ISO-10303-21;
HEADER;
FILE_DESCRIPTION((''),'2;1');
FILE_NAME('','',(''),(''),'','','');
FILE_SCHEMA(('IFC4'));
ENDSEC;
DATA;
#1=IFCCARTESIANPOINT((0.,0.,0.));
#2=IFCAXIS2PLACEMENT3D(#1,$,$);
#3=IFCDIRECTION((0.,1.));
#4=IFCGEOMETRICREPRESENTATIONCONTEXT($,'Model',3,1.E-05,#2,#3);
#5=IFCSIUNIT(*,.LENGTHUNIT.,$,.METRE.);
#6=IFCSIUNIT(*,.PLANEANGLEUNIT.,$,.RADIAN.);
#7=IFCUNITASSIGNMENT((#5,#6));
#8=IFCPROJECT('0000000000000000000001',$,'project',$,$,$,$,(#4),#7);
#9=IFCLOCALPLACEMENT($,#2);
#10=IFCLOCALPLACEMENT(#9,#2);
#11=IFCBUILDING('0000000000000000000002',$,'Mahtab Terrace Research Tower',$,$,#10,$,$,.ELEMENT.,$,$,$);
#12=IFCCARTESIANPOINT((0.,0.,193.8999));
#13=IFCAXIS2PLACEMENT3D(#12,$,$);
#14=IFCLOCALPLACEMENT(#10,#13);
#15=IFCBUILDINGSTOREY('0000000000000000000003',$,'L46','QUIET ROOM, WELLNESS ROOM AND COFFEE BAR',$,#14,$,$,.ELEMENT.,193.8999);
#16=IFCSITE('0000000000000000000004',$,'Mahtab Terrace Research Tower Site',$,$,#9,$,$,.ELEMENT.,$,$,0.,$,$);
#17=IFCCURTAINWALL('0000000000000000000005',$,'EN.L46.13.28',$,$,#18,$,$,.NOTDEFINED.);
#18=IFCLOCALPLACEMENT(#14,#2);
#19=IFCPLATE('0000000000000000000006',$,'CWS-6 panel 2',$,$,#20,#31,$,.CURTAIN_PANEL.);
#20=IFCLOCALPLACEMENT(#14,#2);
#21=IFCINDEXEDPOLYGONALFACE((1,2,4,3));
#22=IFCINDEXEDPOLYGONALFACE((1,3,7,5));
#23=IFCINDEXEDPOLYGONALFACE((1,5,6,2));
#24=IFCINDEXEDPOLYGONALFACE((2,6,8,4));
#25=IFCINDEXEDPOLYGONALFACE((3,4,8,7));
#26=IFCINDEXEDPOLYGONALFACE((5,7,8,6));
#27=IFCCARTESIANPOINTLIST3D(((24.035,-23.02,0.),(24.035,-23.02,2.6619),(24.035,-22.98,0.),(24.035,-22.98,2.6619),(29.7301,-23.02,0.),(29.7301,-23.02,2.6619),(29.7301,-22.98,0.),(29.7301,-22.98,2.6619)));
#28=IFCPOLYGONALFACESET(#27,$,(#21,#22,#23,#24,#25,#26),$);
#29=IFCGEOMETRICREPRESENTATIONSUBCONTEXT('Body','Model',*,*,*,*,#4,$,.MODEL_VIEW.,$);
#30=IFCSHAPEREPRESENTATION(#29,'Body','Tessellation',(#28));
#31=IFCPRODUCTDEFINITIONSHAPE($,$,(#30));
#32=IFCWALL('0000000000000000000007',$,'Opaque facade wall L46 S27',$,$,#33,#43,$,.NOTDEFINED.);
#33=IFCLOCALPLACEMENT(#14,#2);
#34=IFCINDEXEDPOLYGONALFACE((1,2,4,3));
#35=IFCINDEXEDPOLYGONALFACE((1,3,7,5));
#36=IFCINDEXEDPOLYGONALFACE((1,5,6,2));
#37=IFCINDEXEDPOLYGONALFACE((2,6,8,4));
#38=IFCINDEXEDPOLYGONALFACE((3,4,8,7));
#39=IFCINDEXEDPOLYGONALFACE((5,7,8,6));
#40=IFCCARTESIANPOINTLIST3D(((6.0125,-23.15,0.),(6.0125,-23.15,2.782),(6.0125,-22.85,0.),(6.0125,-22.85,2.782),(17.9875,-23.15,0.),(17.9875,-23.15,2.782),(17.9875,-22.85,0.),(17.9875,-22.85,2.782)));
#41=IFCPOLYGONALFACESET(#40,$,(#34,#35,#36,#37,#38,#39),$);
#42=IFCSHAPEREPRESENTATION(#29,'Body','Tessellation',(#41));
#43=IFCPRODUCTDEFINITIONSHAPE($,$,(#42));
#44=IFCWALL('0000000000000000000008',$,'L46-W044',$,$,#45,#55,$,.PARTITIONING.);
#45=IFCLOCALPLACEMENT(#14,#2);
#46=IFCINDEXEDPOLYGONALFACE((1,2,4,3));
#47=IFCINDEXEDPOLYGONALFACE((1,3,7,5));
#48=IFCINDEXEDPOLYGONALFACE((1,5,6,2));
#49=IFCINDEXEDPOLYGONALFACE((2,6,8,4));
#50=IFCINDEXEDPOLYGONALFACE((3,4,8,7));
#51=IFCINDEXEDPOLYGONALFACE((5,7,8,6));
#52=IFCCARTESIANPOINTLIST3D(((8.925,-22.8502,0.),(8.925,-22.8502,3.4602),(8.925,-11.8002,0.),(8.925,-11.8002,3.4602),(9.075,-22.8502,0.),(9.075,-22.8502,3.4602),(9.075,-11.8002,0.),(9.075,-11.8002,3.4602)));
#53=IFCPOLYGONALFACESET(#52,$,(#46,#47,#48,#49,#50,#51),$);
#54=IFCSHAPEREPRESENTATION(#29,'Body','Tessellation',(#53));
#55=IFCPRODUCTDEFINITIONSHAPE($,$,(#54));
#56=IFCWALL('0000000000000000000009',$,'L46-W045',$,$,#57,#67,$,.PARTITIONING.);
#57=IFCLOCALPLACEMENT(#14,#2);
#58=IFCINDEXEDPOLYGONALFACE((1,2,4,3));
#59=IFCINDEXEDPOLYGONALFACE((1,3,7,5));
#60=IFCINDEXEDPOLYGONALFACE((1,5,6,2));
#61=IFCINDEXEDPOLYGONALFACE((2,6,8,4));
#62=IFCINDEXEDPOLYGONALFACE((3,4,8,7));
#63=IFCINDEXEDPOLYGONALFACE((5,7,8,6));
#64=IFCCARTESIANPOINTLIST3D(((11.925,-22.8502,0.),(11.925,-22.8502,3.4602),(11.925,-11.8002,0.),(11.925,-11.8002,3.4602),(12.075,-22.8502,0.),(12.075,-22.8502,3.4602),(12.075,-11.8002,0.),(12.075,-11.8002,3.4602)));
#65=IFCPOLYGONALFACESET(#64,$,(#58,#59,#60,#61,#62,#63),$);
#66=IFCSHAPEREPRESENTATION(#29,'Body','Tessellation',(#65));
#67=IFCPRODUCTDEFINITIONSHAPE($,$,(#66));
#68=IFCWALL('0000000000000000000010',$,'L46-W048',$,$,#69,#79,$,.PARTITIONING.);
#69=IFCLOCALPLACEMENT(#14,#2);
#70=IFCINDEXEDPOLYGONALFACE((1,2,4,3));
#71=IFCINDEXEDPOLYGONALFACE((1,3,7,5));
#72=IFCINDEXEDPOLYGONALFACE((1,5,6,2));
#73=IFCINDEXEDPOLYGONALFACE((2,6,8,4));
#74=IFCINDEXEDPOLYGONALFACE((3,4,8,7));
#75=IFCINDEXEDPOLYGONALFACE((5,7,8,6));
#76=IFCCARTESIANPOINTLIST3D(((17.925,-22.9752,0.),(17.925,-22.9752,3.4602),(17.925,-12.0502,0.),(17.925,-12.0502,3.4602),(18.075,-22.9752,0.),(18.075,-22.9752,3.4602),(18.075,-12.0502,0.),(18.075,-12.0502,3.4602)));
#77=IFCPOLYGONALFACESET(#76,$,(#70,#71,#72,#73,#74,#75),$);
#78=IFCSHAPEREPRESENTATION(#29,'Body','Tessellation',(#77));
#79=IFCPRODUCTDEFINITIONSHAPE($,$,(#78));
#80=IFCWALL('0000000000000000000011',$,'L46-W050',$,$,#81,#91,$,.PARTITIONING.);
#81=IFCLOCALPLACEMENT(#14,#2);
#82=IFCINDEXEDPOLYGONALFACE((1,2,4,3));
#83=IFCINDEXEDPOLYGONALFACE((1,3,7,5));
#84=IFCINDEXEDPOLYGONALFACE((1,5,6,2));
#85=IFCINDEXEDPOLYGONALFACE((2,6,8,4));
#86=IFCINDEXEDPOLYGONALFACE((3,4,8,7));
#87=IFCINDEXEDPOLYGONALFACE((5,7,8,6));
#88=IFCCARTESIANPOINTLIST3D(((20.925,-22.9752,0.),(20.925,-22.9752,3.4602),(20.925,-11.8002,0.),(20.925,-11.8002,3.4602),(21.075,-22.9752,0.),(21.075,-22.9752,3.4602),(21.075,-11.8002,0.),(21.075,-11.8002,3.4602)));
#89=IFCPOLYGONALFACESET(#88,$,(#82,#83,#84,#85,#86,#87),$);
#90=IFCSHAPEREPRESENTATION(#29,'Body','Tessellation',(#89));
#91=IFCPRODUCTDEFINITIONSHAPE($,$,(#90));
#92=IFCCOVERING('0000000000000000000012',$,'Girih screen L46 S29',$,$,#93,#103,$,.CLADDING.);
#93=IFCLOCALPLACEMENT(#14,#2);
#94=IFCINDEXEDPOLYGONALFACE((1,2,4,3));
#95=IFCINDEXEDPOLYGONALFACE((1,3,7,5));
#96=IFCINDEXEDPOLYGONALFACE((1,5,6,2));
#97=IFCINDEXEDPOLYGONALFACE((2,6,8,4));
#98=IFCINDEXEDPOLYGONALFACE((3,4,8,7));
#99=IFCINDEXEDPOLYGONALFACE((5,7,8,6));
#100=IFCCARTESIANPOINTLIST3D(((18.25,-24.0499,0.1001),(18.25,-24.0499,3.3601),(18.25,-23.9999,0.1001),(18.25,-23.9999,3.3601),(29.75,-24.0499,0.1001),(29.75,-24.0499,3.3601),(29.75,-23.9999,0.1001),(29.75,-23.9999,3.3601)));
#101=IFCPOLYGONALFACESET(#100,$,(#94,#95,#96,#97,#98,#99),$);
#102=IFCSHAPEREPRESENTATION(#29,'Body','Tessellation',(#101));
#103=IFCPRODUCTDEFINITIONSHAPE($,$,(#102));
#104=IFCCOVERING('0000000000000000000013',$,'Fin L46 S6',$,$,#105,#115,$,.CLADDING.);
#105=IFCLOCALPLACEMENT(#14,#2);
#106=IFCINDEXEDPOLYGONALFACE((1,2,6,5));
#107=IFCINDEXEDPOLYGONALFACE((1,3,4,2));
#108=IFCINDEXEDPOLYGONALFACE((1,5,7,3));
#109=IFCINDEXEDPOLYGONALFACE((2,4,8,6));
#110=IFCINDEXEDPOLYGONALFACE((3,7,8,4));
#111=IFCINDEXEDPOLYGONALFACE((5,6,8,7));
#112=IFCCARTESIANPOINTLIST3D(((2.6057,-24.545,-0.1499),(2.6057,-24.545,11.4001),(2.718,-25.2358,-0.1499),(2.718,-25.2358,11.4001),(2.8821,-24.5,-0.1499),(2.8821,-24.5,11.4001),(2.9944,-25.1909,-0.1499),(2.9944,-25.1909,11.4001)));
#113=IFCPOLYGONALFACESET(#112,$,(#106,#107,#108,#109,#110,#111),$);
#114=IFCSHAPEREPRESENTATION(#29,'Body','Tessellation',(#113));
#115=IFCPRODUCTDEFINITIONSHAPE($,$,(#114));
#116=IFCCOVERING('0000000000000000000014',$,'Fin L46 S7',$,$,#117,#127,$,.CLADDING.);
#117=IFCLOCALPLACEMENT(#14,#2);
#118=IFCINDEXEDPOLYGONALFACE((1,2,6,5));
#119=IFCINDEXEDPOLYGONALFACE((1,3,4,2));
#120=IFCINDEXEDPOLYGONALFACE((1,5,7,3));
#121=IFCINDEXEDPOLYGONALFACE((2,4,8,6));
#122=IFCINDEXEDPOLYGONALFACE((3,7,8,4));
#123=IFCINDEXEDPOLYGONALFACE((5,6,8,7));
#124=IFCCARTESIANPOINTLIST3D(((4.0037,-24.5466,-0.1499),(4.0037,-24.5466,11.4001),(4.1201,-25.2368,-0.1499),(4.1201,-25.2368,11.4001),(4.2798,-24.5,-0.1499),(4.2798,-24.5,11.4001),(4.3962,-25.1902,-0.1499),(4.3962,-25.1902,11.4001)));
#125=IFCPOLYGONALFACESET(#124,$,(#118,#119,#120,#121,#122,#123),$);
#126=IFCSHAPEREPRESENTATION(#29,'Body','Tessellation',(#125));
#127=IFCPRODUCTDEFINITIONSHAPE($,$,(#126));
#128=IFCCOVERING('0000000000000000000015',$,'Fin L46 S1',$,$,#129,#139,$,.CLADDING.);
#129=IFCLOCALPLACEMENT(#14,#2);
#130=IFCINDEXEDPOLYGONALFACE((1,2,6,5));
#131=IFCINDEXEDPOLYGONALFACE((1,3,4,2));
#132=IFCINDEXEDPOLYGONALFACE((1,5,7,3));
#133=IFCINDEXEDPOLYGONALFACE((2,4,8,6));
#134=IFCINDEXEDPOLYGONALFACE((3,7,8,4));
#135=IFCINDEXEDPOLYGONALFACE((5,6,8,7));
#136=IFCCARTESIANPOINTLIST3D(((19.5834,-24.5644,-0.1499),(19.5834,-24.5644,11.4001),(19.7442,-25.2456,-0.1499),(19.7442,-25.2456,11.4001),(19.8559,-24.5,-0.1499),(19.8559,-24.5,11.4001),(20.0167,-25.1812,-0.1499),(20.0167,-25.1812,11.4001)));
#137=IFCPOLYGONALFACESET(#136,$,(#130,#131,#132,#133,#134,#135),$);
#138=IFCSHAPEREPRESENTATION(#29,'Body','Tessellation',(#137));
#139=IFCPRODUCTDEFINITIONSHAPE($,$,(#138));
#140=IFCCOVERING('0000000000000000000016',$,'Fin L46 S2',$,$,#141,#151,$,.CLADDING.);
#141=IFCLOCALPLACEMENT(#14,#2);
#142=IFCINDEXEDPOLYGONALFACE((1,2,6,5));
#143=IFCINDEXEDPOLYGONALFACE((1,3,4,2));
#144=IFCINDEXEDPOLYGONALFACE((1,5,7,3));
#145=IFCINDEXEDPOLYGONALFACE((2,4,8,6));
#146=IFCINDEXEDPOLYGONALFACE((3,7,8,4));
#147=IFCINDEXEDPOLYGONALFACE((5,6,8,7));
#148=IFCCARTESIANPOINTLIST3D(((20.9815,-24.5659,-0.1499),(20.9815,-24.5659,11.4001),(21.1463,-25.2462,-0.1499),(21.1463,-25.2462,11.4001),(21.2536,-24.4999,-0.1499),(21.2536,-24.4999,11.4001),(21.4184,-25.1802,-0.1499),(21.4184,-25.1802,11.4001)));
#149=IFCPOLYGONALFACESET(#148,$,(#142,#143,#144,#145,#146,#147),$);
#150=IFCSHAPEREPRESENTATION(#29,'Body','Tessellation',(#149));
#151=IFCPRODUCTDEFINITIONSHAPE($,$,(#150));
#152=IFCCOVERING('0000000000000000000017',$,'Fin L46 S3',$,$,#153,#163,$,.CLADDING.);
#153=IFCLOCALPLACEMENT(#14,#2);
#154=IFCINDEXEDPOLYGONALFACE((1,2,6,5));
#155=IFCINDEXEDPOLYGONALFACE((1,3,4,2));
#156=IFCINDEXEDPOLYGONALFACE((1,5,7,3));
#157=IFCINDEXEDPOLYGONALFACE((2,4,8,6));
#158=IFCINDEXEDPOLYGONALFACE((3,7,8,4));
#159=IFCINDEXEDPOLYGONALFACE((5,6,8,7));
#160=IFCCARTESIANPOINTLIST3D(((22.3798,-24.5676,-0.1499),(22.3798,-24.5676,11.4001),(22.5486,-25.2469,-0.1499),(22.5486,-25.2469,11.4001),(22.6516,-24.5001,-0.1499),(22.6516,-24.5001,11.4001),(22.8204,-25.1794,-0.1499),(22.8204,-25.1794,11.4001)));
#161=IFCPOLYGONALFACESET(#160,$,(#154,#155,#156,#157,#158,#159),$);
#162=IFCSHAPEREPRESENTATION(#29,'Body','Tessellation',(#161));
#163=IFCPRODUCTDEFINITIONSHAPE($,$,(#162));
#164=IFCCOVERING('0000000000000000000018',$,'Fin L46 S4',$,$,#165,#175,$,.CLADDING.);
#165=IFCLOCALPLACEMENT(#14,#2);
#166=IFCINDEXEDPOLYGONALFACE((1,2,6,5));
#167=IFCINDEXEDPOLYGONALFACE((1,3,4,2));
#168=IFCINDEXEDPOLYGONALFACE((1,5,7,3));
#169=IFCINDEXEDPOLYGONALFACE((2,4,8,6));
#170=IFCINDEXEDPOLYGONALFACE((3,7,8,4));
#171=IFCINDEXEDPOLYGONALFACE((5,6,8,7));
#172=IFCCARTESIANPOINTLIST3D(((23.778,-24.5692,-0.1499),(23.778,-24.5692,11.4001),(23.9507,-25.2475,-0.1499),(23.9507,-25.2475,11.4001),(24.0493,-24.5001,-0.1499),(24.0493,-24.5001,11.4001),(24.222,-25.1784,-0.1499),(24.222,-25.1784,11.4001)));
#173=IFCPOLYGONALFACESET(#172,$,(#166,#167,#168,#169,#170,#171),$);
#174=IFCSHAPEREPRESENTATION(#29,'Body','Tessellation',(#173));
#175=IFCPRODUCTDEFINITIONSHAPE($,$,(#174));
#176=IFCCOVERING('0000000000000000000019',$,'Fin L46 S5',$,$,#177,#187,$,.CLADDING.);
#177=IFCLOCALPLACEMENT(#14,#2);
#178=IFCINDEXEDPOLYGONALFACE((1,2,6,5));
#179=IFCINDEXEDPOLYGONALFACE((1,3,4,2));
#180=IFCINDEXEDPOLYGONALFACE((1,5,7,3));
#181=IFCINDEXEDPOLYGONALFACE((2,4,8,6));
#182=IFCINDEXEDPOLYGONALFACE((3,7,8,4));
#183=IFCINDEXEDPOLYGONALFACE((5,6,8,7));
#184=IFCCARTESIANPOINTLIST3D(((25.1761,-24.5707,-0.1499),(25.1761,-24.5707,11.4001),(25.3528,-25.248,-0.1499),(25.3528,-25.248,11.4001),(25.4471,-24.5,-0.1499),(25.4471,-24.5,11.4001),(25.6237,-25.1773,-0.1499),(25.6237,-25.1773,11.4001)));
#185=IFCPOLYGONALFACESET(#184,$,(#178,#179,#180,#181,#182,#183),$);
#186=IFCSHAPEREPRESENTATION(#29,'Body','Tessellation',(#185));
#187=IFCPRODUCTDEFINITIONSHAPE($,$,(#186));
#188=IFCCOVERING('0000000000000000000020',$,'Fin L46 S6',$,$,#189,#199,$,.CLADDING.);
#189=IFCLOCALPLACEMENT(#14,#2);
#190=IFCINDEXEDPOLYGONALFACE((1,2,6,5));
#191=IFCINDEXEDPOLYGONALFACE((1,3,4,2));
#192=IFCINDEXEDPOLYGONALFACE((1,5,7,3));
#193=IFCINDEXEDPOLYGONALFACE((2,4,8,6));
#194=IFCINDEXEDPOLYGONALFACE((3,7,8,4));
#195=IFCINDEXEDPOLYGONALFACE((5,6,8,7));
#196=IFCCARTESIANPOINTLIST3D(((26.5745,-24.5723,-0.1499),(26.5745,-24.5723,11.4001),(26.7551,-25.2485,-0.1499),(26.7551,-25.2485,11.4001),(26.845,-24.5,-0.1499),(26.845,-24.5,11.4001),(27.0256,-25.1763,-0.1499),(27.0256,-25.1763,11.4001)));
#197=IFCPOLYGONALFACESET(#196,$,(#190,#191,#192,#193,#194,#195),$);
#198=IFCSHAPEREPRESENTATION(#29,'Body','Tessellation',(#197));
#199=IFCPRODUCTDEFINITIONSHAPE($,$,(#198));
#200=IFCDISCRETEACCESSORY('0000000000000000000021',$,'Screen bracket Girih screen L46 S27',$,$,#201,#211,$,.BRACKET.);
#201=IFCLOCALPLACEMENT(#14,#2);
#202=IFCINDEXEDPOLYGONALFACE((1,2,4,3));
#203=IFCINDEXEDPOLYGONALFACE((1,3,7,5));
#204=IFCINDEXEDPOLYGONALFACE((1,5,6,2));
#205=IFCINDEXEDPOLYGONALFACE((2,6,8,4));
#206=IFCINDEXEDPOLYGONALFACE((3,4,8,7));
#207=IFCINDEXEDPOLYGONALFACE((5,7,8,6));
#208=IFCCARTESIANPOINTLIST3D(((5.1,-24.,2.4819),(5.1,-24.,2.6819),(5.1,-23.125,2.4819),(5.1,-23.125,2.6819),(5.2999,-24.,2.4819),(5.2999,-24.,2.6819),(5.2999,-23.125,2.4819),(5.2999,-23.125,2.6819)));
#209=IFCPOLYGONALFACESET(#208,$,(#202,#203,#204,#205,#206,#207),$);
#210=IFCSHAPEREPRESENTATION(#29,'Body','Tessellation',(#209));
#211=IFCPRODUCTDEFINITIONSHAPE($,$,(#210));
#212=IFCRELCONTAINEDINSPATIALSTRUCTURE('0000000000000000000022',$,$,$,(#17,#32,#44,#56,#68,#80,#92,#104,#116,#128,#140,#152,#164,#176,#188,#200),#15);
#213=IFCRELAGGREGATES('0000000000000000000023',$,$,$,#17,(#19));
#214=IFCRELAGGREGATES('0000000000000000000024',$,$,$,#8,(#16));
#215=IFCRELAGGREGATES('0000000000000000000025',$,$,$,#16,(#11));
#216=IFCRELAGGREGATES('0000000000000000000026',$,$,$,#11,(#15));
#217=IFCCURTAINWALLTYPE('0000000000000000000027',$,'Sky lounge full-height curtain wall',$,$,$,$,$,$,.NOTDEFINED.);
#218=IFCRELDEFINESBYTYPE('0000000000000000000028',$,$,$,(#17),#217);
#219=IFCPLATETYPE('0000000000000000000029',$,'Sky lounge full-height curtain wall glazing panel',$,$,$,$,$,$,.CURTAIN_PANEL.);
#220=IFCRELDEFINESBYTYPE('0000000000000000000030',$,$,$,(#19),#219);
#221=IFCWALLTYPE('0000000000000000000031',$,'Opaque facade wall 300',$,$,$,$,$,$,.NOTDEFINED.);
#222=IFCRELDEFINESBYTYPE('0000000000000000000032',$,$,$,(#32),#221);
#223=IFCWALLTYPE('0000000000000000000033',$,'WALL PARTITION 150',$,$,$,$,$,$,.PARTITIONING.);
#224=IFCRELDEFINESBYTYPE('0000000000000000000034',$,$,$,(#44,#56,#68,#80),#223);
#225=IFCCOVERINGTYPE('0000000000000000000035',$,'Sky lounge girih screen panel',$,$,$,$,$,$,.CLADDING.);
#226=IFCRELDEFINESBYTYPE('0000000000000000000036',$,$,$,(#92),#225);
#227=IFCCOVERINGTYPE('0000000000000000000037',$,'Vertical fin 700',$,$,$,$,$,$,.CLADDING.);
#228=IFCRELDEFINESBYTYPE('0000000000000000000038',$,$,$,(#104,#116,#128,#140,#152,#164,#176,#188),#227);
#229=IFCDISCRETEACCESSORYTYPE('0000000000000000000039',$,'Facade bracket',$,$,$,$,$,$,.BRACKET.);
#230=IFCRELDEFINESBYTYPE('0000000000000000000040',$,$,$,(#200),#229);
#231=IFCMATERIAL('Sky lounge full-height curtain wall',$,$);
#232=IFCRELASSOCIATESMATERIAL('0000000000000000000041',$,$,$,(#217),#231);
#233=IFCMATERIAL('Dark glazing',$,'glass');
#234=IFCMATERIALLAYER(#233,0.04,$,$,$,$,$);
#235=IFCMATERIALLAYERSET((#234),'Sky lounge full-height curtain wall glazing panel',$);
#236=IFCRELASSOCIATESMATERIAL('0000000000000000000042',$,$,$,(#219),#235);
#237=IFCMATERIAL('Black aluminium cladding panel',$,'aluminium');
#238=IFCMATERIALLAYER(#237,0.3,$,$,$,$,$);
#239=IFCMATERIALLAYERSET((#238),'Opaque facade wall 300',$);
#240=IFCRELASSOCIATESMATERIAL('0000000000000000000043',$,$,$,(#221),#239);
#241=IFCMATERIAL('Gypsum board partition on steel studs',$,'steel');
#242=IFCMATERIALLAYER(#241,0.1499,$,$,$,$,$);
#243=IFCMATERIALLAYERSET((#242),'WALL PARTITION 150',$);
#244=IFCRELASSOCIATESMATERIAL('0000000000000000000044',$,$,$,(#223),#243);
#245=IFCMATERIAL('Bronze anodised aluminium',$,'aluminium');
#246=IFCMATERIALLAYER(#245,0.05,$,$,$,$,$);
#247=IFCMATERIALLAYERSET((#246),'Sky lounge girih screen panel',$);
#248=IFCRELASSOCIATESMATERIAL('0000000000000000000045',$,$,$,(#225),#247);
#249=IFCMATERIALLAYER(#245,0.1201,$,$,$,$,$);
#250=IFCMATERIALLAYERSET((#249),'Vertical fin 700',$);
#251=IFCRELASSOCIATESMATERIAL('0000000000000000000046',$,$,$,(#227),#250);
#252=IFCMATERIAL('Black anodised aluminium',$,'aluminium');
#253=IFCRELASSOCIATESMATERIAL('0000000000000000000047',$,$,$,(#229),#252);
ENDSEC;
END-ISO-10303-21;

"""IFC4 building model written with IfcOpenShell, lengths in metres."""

from ifc_helpers import new_model, si_unit, direction, frame, frame_2d, origin, origin_2d, place, context, subcontext, project, spatial, rectangle, extrude, material, layer, layer_set, type_object, element, aggregate, save


model = new_model("IFC4")

# Units and contexts
model_context = context("Model", 3, precision=1e-05, world=origin(), true_north=direction((0.0, 1.0)))
body_context = subcontext(model_context, "Body", "Model", "MODEL_VIEW")
ifc_project = project(units=[si_unit("LENGTHUNIT", "METRE"), si_unit("PLANEANGLEUNIT", "RADIAN")], contexts=[model_context])

# Site, building, storey
site_placement = place(None, origin())
site = spatial("IfcSite", under=ifc_project, at=site_placement, Name="Mahtab Terrace Research Tower Site", CompositionType="ELEMENT", RefElevation=0.0)
building_placement = place(site_placement, origin())
building = spatial("IfcBuilding", under=site, at=building_placement, Name="Mahtab Terrace Research Tower", CompositionType="ELEMENT")
storey_placement = place(building_placement, frame((0.0, 0.0, 193.8999)))
storey = spatial("IfcBuildingStorey", under=building, at=storey_placement, Name="L46", Description="QUIET ROOM, WELLNESS ROOM AND COFFEE BAR", CompositionType="ELEMENT", Elevation=193.8999)

# Shared definitions
ifc_material_1 = material(Name="Sky lounge full-height curtain wall")
curtain_wall_type = type_object("IfcCurtainWallType", Name="Sky lounge full-height curtain wall", PredefinedType="NOTDEFINED", material=ifc_material_1)

# Curtain wall
curtain_wall_1_placement = place(storey_placement, origin())
curtain_wall_1 = element("IfcCurtainWall", 1, at=curtain_wall_1_placement, inside=storey, type_object=curtain_wall_type, Name="EN.L46.13.28", PredefinedType="NOTDEFINED")

# Plate
ifc_material_2 = material(Name="Dark glazing", Category="glass")
ifc_layer_1 = layer(ifc_material_2, 0.04)
ifc_layer_set_1 = layer_set([ifc_layer_1], Name="Sky lounge full-height curtain wall glazing panel")
plate_type = type_object("IfcPlateType", Name="Sky lounge full-height curtain wall glazing panel", PredefinedType="CURTAIN_PANEL", material=ifc_layer_set_1)
plate_1_placement = place(storey_placement, frame((26.8826, -23.0, 0.0), z_axis=(0.0, 0.0, 1.0), x_axis=(1.0, 0.0, 0.0)))
plate_1 = element("IfcPlate", 2, at=plate_1_placement, type_object=plate_type, Name="CWS-6 panel 2", PredefinedType="CURTAIN_PANEL", context=body_context, shape_type="SweptSolid", body=[
    extrude(rectangle(XDim=5.6951, YDim=0.04, at=origin_2d()), origin(), (0.0, 0.0, 1.0), 2.6619),
])
aggregate(curtain_wall_1, [plate_1])

# Walls
ifc_material_3 = material(Name="Black aluminium cladding panel", Category="aluminium")
ifc_layer_2 = layer(ifc_material_3, 0.3)
ifc_layer_set_2 = layer_set([ifc_layer_2], Name="Opaque facade wall 300")
wall_type_1 = type_object("IfcWallType", Name="Opaque facade wall 300", PredefinedType="NOTDEFINED", material=ifc_layer_set_2)
wall_1_placement = place(storey_placement, frame((6.0125, -23.0, 0.0), z_axis=(0.0, 0.0, 1.0), x_axis=(1.0, 0.0, 0.0)))
element("IfcWall", 3, at=wall_1_placement, inside=storey, type_object=wall_type_1, Name="Opaque facade wall L46 S27", PredefinedType="NOTDEFINED", context=body_context, shape_type="SweptSolid", body=[
    extrude(rectangle(XDim=11.9751, YDim=0.3, at=frame_2d((5.9875, 0.0))), origin(), (0.0, 0.0, 1.0), 2.782),
])
ifc_material_4 = material(Name="Gypsum board partition on steel studs", Category="steel")
ifc_layer_3 = layer(ifc_material_4, 0.1499)
ifc_layer_set_3 = layer_set([ifc_layer_3], Name="WALL PARTITION 150")
wall_type_2 = type_object("IfcWallType", Name="WALL PARTITION 150", PredefinedType="PARTITIONING", material=ifc_layer_set_3)
for number, where, z_axis, x_axis, name in (
    (4, (9.0, -22.8501, 0.0), (0.0, 0.0, 1.0), (0.0, 1.0, 0.0), "L46-W044"),
    (5, (12.0, -22.8501, 0.0), (0.0, 0.0, 1.0), (0.0, 1.0, 0.0), "L46-W045"),
):
    element("IfcWall", number, at=place(storey_placement, frame(where, z_axis=z_axis, x_axis=x_axis)), inside=storey, type_object=wall_type_2, Name=name, PredefinedType="PARTITIONING", context=body_context, shape_type="SweptSolid", body=[
        extrude(rectangle(XDim=11.05, YDim=0.1499, at=frame_2d((5.5249, 0.0))), origin(), (0.0, 0.0, 1.0), 3.4602),
    ])
wall_2_placement = place(storey_placement, frame((18.0, -22.9751, 0.0), z_axis=(0.0, 0.0, 1.0), x_axis=(0.0, 1.0, 0.0)))
element("IfcWall", 6, at=wall_2_placement, inside=storey, type_object=wall_type_2, Name="L46-W048", PredefinedType="PARTITIONING", context=body_context, shape_type="SweptSolid", body=[
    extrude(rectangle(XDim=10.925, YDim=0.1499, at=frame_2d((5.4624, 0.0))), origin(), (0.0, 0.0, 1.0), 3.4602),
])
wall_3_placement = place(storey_placement, frame((21.0, -22.9751, 0.0), z_axis=(0.0, 0.0, 1.0), x_axis=(0.0, 1.0, 0.0)))
element("IfcWall", 7, at=wall_3_placement, inside=storey, type_object=wall_type_2, Name="L46-W050", PredefinedType="PARTITIONING", context=body_context, shape_type="SweptSolid", body=[
    extrude(rectangle(XDim=11.175, YDim=0.1499, at=frame_2d((5.5874, 0.0))), origin(), (0.0, 0.0, 1.0), 3.4602),
])

# Coverings
ifc_material_5 = material(Name="Bronze anodised aluminium", Category="aluminium")
ifc_layer_4 = layer(ifc_material_5, 0.05)
ifc_layer_set_4 = layer_set([ifc_layer_4], Name="Sky lounge girih screen panel")
covering_type_1 = type_object("IfcCoveringType", Name="Sky lounge girih screen panel", PredefinedType="CLADDING", material=ifc_layer_set_4)
covering_placement = place(storey_placement, frame((24.0, -24.0249, 0.1001), z_axis=(0.0, 0.0, 1.0), x_axis=(1.0, 0.0, 0.0)))
element("IfcCovering", 8, at=covering_placement, inside=storey, type_object=covering_type_1, Name="Girih screen L46 S29", PredefinedType="CLADDING", context=body_context, shape_type="SweptSolid", body=[
    extrude(rectangle(XDim=11.5, YDim=0.05, at=origin_2d()), origin(), (0.0, 0.0, 1.0), 3.26),
])
ifc_layer_5 = layer(ifc_material_5, 0.1201)
ifc_layer_set_5 = layer_set([ifc_layer_5], Name="Vertical fin 700")
covering_type_2 = type_object("IfcCoveringType", Name="Vertical fin 700", PredefinedType="CLADDING", material=ifc_layer_set_5)
for number, where, z_axis, x_axis, name in (
    (9, (2.8, -24.8679, -0.1499), (0.0, 0.0, 1.0), (0.98703, 0.160537, 0.0), "Fin L46 S6"),
    (10, (4.2, -24.8684, -0.1499), (0.0, 0.0, 1.0), (0.986079, 0.166277, 0.0), "Fin L46 S7"),
    (11, (19.8, -24.8728, -0.1499), (0.0, 0.0, 1.0), (0.973236, 0.229807, 0.0), "Fin L46 S1"),
    (12, (21.2, -24.873, -0.1499), (0.0, 0.0, 1.0), (0.971883, 0.235465, 0.0), "Fin L46 S2"),
    (13, (22.6001, -24.8735, -0.1499), (0.0, 0.0, 1.0), (0.970496, 0.241115, 0.0), "Fin L46 S3"),
    (14, (24.0, -24.8738, -0.1499), (0.0, 0.0, 1.0), (0.969077, 0.246757, 0.0), "Fin L46 S4"),
    (15, (25.3999, -24.874, -0.1499), (0.0, 0.0, 1.0), (0.967625, 0.252391, 0.0), "Fin L46 S5"),
    (16, (26.8, -24.8743, -0.1499), (0.0, 0.0, 1.0), (0.966141, 0.258016, 0.0), "Fin L46 S6"),
):
    element("IfcCovering", number, at=place(storey_placement, frame(where, z_axis=z_axis, x_axis=x_axis)), inside=storey, type_object=covering_type_2, Name=name, PredefinedType="CLADDING", context=body_context, shape_type="SweptSolid", body=[
        extrude(rectangle(XDim=0.28, YDim=0.7, at=origin_2d()), origin(), (0.0, 0.0, 1.0), 11.55),
    ])

# Discrete accessory
ifc_material_6 = material(Name="Black anodised aluminium", Category="aluminium")
discrete_accessory_type_1 = type_object("IfcDiscreteAccessoryType", Name="Facade bracket", PredefinedType="BRACKET", material=ifc_material_6)
for number, where, z_axis, x_axis, name in (
    (17, (5.2, -23.5625, 2.4819), (0.0, 0.0, 1.0), (1.0, 0.0, 0.0), "Screen bracket Girih screen L46 S27"),
):
    element("IfcDiscreteAccessory", number, at=place(storey_placement, frame(where, z_axis=z_axis, x_axis=x_axis)), inside=storey, type_object=discrete_accessory_type_1, Name=name, PredefinedType="BRACKET", context=body_context, shape_type="SweptSolid", body=[
        extrude(rectangle(XDim=0.2, YDim=0.875, at=origin_2d()), origin(), (0.0, 0.0, 1.0), 0.2),
    ])

save(model, "model.ifc")
